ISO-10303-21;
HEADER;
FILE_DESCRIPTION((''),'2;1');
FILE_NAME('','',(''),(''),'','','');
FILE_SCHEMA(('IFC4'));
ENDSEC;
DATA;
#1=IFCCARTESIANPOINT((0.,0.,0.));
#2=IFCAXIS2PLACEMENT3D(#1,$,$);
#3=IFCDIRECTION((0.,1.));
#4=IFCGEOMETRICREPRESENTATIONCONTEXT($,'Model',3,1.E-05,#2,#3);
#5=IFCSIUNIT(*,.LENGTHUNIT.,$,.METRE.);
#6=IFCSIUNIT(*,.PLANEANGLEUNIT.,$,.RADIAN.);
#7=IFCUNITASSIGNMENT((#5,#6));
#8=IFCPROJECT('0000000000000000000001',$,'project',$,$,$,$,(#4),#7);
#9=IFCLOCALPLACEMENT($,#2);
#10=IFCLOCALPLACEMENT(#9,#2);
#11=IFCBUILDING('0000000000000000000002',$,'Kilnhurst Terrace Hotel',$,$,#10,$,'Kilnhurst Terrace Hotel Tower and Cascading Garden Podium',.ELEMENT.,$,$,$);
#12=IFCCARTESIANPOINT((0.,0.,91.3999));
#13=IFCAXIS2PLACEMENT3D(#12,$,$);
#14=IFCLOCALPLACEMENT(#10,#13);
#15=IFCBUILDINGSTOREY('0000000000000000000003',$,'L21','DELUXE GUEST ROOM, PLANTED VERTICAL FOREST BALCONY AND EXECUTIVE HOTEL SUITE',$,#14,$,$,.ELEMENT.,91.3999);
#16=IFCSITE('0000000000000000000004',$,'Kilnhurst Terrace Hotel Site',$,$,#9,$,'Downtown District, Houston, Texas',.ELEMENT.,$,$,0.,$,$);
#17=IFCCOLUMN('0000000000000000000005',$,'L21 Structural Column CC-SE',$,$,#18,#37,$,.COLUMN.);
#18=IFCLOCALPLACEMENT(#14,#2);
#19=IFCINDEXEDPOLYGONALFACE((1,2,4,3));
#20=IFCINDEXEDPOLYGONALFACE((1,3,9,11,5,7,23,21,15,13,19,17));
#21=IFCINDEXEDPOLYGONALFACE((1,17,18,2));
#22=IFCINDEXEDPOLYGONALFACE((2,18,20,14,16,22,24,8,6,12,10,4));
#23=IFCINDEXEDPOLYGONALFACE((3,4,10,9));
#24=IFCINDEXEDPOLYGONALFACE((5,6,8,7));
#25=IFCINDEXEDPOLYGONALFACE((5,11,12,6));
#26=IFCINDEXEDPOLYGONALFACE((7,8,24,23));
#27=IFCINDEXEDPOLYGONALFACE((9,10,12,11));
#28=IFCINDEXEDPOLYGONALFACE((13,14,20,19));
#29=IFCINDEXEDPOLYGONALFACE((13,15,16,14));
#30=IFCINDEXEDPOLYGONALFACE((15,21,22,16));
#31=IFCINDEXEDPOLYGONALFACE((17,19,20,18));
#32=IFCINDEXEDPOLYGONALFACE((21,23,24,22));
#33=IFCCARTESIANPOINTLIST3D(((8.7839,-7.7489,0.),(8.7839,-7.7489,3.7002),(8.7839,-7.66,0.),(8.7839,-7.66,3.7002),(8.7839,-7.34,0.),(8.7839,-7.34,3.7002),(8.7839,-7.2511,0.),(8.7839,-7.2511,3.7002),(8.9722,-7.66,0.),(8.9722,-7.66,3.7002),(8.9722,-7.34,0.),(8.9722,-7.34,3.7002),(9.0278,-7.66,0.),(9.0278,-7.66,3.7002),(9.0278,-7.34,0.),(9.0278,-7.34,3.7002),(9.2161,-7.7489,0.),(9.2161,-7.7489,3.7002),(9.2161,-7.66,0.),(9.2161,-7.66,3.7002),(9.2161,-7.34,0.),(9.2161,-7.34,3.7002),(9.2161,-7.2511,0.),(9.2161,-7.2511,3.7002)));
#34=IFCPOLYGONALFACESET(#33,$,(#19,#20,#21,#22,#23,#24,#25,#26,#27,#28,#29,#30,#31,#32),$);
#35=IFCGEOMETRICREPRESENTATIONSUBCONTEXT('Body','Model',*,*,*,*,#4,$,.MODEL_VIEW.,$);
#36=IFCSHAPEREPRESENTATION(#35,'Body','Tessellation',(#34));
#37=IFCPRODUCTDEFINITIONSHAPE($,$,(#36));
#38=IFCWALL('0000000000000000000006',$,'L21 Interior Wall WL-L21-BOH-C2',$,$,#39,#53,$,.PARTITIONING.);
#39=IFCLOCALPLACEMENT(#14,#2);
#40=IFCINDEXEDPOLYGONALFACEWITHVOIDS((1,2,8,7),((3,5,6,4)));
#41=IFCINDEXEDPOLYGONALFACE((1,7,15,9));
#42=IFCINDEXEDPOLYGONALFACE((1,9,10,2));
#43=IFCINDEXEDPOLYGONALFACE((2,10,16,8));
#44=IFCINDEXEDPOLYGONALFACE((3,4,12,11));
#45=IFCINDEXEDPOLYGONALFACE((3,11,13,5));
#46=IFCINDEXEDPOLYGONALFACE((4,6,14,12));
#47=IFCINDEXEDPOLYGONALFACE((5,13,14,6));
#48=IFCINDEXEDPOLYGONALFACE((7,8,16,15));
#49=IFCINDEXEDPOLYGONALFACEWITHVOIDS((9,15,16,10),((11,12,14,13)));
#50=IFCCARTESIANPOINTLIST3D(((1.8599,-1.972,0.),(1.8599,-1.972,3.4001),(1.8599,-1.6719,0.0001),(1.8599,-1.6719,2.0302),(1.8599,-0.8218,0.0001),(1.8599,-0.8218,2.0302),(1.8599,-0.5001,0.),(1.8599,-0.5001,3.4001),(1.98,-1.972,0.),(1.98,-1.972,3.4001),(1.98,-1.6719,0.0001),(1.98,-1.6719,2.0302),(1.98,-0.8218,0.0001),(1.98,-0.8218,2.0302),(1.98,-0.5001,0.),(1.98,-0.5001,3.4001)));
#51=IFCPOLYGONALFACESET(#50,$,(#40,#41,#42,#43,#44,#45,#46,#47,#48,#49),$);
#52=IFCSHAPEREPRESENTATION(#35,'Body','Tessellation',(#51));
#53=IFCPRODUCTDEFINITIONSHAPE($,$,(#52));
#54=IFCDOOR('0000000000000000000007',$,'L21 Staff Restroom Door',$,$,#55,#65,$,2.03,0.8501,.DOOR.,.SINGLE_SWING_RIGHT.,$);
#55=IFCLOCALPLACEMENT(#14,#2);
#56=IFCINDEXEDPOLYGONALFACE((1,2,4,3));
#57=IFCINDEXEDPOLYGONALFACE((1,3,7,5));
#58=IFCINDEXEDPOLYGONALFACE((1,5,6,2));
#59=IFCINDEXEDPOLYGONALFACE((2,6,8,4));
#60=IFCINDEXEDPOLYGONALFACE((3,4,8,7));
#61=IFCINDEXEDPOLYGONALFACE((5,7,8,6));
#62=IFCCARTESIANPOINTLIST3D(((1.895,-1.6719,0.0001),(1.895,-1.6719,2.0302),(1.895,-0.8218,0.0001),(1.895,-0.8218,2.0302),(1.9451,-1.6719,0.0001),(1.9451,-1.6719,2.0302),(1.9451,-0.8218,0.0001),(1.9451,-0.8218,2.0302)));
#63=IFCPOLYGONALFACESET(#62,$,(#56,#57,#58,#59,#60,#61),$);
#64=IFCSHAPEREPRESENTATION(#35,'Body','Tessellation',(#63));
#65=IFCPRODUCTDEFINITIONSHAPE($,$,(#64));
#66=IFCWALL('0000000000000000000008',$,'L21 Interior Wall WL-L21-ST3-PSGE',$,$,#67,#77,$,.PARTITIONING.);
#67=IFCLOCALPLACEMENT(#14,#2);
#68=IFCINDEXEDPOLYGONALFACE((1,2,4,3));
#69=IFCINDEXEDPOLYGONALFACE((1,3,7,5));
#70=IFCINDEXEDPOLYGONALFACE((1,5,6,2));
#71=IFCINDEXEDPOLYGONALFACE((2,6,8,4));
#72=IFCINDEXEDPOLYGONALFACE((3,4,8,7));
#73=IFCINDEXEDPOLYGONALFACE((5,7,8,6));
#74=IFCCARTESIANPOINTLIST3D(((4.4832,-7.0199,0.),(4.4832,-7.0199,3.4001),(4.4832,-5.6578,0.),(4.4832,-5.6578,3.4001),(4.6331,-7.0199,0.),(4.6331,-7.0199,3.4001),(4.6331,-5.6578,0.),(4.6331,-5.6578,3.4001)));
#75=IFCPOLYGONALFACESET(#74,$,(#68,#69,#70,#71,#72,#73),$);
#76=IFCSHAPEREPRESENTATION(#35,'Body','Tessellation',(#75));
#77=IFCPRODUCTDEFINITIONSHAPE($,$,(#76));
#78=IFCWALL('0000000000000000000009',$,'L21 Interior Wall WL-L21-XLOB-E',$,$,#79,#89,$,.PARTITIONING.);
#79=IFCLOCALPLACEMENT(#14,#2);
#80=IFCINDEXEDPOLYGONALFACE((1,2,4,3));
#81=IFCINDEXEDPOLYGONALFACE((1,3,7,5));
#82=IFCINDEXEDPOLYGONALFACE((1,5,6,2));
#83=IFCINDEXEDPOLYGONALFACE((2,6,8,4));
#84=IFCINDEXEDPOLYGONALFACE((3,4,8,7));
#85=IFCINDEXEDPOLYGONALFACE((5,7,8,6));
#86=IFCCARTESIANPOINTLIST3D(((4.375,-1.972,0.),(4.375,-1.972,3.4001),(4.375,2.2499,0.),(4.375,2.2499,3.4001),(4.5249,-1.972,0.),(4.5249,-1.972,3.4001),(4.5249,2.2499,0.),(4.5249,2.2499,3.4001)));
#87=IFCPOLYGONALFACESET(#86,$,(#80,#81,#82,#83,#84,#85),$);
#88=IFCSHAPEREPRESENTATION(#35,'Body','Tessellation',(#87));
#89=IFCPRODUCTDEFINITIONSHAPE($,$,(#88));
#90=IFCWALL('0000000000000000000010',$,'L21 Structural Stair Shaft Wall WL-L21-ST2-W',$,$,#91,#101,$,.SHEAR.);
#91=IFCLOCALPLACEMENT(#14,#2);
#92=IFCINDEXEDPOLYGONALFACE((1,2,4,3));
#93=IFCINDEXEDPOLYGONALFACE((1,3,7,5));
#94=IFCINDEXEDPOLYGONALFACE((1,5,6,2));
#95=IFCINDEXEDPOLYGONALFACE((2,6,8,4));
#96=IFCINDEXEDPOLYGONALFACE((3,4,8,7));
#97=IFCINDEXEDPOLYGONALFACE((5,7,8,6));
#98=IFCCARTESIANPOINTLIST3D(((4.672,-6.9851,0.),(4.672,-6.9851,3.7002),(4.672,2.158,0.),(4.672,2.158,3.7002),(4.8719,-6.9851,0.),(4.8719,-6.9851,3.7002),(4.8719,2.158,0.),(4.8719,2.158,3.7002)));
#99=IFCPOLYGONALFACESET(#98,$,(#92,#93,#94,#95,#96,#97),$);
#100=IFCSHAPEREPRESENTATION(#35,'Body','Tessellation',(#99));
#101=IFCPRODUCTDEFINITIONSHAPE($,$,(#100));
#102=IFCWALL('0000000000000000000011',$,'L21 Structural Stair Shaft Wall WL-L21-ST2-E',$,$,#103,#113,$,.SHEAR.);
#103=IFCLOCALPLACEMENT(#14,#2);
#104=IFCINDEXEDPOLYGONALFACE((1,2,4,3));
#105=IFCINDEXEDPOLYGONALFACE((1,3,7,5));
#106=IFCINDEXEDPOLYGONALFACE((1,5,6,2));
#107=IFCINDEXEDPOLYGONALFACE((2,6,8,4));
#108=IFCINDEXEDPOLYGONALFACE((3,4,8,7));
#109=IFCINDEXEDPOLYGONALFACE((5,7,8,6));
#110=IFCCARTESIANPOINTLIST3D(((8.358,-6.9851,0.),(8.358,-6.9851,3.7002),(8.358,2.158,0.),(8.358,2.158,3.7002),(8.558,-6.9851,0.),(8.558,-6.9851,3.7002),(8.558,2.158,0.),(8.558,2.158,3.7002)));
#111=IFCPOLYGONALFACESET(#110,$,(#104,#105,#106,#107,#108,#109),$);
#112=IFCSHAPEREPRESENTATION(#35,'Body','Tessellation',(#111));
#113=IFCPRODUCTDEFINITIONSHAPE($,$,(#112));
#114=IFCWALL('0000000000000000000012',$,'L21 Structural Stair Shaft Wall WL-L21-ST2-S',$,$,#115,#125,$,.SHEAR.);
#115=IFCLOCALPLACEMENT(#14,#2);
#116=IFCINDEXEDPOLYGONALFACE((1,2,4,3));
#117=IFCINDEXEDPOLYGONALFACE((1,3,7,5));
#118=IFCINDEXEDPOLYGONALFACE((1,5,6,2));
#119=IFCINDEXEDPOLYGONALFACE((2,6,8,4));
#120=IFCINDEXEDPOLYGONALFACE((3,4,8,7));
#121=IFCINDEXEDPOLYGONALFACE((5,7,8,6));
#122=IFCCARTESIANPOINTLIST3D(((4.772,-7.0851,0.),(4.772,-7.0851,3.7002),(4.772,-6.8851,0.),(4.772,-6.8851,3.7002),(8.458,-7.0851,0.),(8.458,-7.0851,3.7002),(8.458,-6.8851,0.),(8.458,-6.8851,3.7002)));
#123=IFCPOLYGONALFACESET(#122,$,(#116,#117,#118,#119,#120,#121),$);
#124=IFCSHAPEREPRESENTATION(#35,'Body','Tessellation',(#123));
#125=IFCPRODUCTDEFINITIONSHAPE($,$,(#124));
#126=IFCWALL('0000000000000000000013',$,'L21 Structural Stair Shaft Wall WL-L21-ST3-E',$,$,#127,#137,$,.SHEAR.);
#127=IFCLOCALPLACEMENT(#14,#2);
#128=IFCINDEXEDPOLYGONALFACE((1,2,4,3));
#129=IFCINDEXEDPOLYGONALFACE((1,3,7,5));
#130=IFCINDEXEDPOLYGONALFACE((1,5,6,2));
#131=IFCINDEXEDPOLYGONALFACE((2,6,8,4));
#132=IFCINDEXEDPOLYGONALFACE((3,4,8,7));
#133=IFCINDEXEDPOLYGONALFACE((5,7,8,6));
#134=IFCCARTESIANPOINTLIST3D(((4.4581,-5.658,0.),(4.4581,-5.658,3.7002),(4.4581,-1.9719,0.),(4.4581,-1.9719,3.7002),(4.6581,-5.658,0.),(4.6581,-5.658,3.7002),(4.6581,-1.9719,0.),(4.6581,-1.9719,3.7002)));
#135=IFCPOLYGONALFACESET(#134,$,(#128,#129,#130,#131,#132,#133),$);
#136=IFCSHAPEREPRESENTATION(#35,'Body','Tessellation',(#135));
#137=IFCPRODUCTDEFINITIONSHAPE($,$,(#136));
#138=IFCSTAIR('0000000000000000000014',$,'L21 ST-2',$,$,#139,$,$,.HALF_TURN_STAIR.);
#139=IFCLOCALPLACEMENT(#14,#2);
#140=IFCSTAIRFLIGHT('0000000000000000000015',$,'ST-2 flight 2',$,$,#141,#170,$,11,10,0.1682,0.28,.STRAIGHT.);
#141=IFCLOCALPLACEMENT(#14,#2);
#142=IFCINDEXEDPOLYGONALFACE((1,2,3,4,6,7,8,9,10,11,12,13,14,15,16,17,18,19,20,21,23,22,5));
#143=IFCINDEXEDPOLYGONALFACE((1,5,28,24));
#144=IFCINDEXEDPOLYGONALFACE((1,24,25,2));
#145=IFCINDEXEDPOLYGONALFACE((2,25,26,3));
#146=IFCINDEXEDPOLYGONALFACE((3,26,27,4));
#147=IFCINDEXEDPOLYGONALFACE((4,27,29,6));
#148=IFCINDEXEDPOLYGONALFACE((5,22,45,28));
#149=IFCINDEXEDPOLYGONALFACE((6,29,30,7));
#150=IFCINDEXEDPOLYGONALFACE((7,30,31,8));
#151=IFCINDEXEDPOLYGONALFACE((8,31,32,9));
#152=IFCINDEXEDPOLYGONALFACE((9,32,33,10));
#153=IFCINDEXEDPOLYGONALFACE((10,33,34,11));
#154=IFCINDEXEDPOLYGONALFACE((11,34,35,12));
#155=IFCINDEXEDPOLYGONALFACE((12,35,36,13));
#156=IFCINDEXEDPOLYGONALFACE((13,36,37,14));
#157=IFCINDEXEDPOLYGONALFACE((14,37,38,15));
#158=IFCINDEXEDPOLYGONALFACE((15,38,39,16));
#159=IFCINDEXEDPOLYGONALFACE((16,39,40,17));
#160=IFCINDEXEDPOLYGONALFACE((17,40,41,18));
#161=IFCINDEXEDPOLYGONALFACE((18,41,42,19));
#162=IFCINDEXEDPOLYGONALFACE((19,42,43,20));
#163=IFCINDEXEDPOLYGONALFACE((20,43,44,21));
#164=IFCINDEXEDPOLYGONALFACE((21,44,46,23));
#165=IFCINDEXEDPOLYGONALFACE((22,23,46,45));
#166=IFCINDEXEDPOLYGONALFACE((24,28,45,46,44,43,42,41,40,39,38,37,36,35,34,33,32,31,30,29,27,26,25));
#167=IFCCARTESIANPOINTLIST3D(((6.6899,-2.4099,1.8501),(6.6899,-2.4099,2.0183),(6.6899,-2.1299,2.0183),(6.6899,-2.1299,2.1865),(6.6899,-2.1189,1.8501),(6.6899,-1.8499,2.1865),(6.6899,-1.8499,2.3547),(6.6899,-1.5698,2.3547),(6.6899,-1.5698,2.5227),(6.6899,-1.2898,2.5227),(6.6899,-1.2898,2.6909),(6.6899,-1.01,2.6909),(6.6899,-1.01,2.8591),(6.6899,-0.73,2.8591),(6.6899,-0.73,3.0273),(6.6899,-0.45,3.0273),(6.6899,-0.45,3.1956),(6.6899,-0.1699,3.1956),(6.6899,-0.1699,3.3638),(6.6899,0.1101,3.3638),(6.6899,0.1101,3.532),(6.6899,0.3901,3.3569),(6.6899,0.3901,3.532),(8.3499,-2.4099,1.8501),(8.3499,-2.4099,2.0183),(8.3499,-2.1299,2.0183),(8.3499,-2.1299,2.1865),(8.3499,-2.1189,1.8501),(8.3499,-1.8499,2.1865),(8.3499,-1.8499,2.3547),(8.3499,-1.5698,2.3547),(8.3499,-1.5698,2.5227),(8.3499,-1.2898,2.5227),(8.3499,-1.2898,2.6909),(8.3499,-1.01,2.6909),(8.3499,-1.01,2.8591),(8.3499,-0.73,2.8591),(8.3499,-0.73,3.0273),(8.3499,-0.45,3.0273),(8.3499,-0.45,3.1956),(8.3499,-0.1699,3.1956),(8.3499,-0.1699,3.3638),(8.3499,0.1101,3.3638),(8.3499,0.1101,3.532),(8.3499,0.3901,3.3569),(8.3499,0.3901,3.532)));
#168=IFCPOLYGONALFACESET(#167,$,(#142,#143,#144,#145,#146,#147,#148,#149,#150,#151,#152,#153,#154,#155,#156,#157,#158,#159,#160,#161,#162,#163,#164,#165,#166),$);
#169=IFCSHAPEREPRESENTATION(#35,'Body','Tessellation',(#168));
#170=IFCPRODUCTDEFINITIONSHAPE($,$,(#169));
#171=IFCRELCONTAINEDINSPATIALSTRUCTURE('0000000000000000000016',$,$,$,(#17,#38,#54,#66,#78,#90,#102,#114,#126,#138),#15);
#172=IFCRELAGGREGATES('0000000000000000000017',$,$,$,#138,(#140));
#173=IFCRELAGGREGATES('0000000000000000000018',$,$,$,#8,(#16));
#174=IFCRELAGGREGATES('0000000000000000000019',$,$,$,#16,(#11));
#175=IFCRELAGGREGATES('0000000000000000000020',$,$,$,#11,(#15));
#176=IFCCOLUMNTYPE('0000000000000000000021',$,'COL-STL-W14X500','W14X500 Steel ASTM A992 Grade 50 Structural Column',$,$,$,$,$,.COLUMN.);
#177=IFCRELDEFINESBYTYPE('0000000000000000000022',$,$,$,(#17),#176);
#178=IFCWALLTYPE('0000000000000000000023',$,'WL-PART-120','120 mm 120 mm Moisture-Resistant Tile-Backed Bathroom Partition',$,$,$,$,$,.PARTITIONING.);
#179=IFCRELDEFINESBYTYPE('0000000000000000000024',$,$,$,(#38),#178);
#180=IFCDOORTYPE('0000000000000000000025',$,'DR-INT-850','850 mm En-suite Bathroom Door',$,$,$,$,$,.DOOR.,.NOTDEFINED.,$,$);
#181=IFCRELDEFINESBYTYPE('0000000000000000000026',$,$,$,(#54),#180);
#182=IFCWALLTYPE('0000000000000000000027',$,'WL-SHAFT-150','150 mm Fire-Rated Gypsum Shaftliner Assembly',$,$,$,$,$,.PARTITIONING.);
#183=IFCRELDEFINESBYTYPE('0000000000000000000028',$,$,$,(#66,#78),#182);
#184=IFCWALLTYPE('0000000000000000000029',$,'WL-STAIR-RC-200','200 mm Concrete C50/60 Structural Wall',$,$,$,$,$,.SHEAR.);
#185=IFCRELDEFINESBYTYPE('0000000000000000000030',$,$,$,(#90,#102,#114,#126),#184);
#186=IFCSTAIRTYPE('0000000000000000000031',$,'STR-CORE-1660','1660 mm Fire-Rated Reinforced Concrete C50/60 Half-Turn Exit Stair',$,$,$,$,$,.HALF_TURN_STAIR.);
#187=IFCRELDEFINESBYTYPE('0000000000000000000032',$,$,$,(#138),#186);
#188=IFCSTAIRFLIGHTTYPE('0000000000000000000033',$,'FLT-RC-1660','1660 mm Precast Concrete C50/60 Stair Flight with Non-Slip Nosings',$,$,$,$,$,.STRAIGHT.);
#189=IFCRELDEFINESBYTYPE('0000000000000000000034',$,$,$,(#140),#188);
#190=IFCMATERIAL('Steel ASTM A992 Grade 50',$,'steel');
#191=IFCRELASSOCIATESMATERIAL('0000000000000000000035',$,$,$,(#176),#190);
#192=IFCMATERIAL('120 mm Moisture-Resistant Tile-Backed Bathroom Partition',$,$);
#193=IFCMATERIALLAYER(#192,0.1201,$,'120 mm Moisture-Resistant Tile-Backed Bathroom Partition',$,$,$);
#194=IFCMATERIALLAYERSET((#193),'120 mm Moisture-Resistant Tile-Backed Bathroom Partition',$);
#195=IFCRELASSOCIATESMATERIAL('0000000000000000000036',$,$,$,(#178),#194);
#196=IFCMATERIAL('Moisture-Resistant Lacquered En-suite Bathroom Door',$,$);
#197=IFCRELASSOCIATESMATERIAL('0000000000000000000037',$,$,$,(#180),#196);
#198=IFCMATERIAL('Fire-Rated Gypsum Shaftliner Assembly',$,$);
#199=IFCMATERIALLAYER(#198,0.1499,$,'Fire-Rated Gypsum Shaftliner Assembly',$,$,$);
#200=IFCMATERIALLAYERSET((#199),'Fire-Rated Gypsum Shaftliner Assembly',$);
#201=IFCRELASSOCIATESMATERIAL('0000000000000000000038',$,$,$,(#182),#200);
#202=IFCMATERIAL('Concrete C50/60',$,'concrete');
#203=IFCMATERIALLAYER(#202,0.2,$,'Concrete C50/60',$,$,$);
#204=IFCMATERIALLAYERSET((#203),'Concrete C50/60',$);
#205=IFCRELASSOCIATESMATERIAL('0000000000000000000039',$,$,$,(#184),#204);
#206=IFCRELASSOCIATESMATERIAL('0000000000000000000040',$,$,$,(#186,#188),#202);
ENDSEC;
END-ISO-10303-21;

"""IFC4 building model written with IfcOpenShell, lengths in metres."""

from ifc_helpers import new_model, si_unit, direction, frame, frame_2d, origin, origin_2d, place, context, subcontext, project, spatial, polyline, rectangle, i_section, outline, extrude, material, layer, layer_set, material_profile, profile_set, type_object, element, fill, aggregate, save


model = new_model("IFC4")

# Units and contexts
model_context = context("Model", 3, precision=1e-05, world=origin(), true_north=direction((0.0, 1.0)))
body_context = subcontext(model_context, "Body", "Model", "MODEL_VIEW")
ifc_project = project(units=[si_unit("LENGTHUNIT", "METRE"), si_unit("PLANEANGLEUNIT", "RADIAN")], contexts=[model_context])

# Site, building, storey
site_placement = place(None, origin())
site = spatial("IfcSite", under=ifc_project, at=site_placement, Name="Kilnhurst Terrace Hotel Site", LongName="Downtown District, Houston, Texas", CompositionType="ELEMENT", RefElevation=0.0)
building_placement = place(site_placement, origin())
building = spatial("IfcBuilding", under=site, at=building_placement, Name="Kilnhurst Terrace Hotel", LongName="Kilnhurst Terrace Hotel Tower and Cascading Garden Podium", CompositionType="ELEMENT")
storey_placement = place(building_placement, frame((0.0, 0.0, 91.3999)))
storey = spatial("IfcBuildingStorey", under=building, at=storey_placement, Name="L21", Description="DELUXE GUEST ROOM, PLANTED VERTICAL FOREST BALCONY AND EXECUTIVE HOTEL SUITE", CompositionType="ELEMENT", Elevation=91.3999)

# Column
ifc_material_1 = material(Name="Steel ASTM A992 Grade 50", Category="steel")
ifc_material_profile = material_profile(ifc_material_1, i_section(OverallWidth=0.4321, OverallDepth=0.4978, WebThickness=0.0557, FlangeThickness=0.0889, at=origin_2d()), Name="W14X500")
ifc_profile_set = profile_set([ifc_material_profile], Name="Steel ASTM A992 Grade 50")
column_type = type_object("IfcColumnType", Name="COL-STL-W14X500", Description="W14X500 Steel ASTM A992 Grade 50 Structural Column", PredefinedType="COLUMN", material=ifc_profile_set)
column_placement = place(storey_placement, frame((9.0, -7.5, 0.0), z_axis=(0.0, 0.0, 1.0), x_axis=(1.0, 0.0, 0.0)))
element("IfcColumn", 1, at=column_placement, inside=storey, type_object=column_type, Name="L21 Structural Column CC-SE", PredefinedType="COLUMN", context=body_context, shape_type="SweptSolid", body=[
    extrude(i_section(OverallWidth=0.4321, OverallDepth=0.4978, WebThickness=0.0557, FlangeThickness=0.0889, at=origin_2d()), origin(), (0.0, 0.0, 1.0), 3.7002),
])

# Wall, opening, door
ifc_material_2 = material(Name="120 mm Moisture-Resistant Tile-Backed Bathroom Partition")
ifc_layer_1 = layer(ifc_material_2, 0.1201, Name="120 mm Moisture-Resistant Tile-Backed Bathroom Partition")
ifc_layer_set_1 = layer_set([ifc_layer_1], Name="120 mm Moisture-Resistant Tile-Backed Bathroom Partition")
wall_type_1 = type_object("IfcWallType", Name="WL-PART-120", Description="120 mm 120 mm Moisture-Resistant Tile-Backed Bathroom Partition", PredefinedType="PARTITIONING", material=ifc_layer_set_1)
wall_1_placement = place(storey_placement, frame((1.9199, -1.9719, 0.0), z_axis=(0.0, 0.0, 1.0), x_axis=(0.0, 1.0, 0.0)))
wall_1 = element("IfcWall", 2, at=wall_1_placement, inside=storey, type_object=wall_type_1, Name="L21 Interior Wall WL-L21-BOH-C2", PredefinedType="PARTITIONING", context=body_context, shape_type="SweptSolid", body=[
    extrude(rectangle(XDim=1.4719, YDim=0.1201, at=frame_2d((0.7358, 0.0))), origin(), (0.0, 0.0, 1.0), 3.4001),
])
opening_placement = place(wall_1_placement, frame((0.3, 0.0, 0.0)))
opening = element("IfcOpeningElement", 3, at=opening_placement, cuts=wall_1, PredefinedType="OPENING", context=body_context, shape_type="SweptSolid", body=[
    extrude(rectangle(XDim=0.8501, YDim=2.03, at=frame_2d((0.425, 1.0151))), frame((0.0, 0.0701, 0.0), z_axis=(0.0, -1.0, 0.0), x_axis=(1.0, 0.0, 0.0)), (0.0, 0.0, 1.0), 0.1401),
])
ifc_material_3 = material(Name="Moisture-Resistant Lacquered En-suite Bathroom Door")
door_type = type_object("IfcDoorType", Name="DR-INT-850", Description="850 mm En-suite Bathroom Door", OperationType="NOTDEFINED", PredefinedType="DOOR", material=ifc_material_3)
door_placement = place(opening_placement, origin())
door = element("IfcDoor", 4, at=door_placement, inside=storey, type_object=door_type, Name="L21 Staff Restroom Door", OperationType="SINGLE_SWING_RIGHT", OverallHeight=2.03, OverallWidth=0.8501, PredefinedType="DOOR", context=body_context, shape_type="SweptSolid", body=[
    extrude(rectangle(XDim=0.8501, YDim=2.03, at=frame_2d((0.425, 1.0151))), frame((0.0, 0.0249, 0.0), z_axis=(0.0, -1.0, 0.0), x_axis=(1.0, 0.0, 0.0)), (0.0, 0.0, 1.0), 0.05),
])
fill(opening, door)

# Walls
ifc_material_4 = material(Name="Fire-Rated Gypsum Shaftliner Assembly")
ifc_layer_2 = layer(ifc_material_4, 0.1499, Name="Fire-Rated Gypsum Shaftliner Assembly")
ifc_layer_set_2 = layer_set([ifc_layer_2], Name="Fire-Rated Gypsum Shaftliner Assembly")
wall_type_2 = type_object("IfcWallType", Name="WL-SHAFT-150", Description="150 mm Fire-Rated Gypsum Shaftliner Assembly", PredefinedType="PARTITIONING", material=ifc_layer_set_2)
wall_2_placement = place(storey_placement, frame((4.5581, -7.02, 0.0), z_axis=(0.0, 0.0, 1.0), x_axis=(0.0, 1.0, 0.0)))
element("IfcWall", 5, at=wall_2_placement, inside=storey, type_object=wall_type_2, Name="L21 Interior Wall WL-L21-ST3-PSGE", PredefinedType="PARTITIONING", context=body_context, shape_type="SweptSolid", body=[
    extrude(rectangle(XDim=1.3621, YDim=0.1499, at=frame_2d((0.6812, 0.0))), origin(), (0.0, 0.0, 1.0), 3.4001),
])
wall_3_placement = place(storey_placement, frame((4.45, -1.9719, 0.0), z_axis=(0.0, 0.0, 1.0), x_axis=(0.0, 1.0, 0.0)))
element("IfcWall", 6, at=wall_3_placement, inside=storey, type_object=wall_type_2, Name="L21 Interior Wall WL-L21-XLOB-E", PredefinedType="PARTITIONING", context=body_context, shape_type="SweptSolid", body=[
    extrude(rectangle(XDim=4.2219, YDim=0.1499, at=frame_2d((2.1108, 0.0))), origin(), (0.0, 0.0, 1.0), 3.4001),
])
ifc_material_5 = material(Name="Concrete C50/60", Category="concrete")
ifc_layer_3 = layer(ifc_material_5, 0.2, Name="Concrete C50/60")
ifc_layer_set_3 = layer_set([ifc_layer_3], Name="Concrete C50/60")
wall_type_3 = type_object("IfcWallType", Name="WL-STAIR-RC-200", Description="200 mm Concrete C50/60 Structural Wall", PredefinedType="SHEAR", material=ifc_layer_set_3)
for number, where, z_axis, x_axis, name in (
    (7, (4.772, -6.9851, 0.0), (0.0, 0.0, 1.0), (0.0, 1.0, 0.0), "L21 Structural Stair Shaft Wall WL-L21-ST2-W"),
    (8, (8.458, -6.9851, 0.0), (0.0, 0.0, 1.0), (0.0, 1.0, 0.0), "L21 Structural Stair Shaft Wall WL-L21-ST2-E"),
):
    element("IfcWall", number, at=place(storey_placement, frame(where, z_axis=z_axis, x_axis=x_axis)), inside=storey, type_object=wall_type_3, Name=name, PredefinedType="SHEAR", context=body_context, shape_type="SweptSolid", body=[
        extrude(rectangle(XDim=9.1431, YDim=0.2, at=frame_2d((4.5715, 0.0))), origin(), (0.0, 0.0, 1.0), 3.7002),
    ])
for number, where, z_axis, x_axis, name in (
    (9, (4.772, -6.9851, 0.0), (0.0, 0.0, 1.0), (1.0, 0.0, 0.0), "L21 Structural Stair Shaft Wall WL-L21-ST2-S"),
    (10, (4.5581, -5.658, 0.0), (0.0, 0.0, 1.0), (0.0, 1.0, 0.0), "L21 Structural Stair Shaft Wall WL-L21-ST3-E"),
):
    element("IfcWall", number, at=place(storey_placement, frame(where, z_axis=z_axis, x_axis=x_axis)), inside=storey, type_object=wall_type_3, Name=name, PredefinedType="SHEAR", context=body_context, shape_type="SweptSolid", body=[
        extrude(rectangle(XDim=3.686, YDim=0.2, at=frame_2d((1.843, 0.0))), origin(), (0.0, 0.0, 1.0), 3.7002),
    ])

# Stair, stair flight
stair_type = type_object("IfcStairType", Name="STR-CORE-1660", Description="1660 mm Fire-Rated Reinforced Concrete C50/60 Half-Turn Exit Stair", PredefinedType="HALF_TURN_STAIR", material=ifc_material_5)
stair_1_placement = place(storey_placement, origin())
stair_1 = element("IfcStair", 11, at=stair_1_placement, inside=storey, type_object=stair_type, Name="L21 ST-2", PredefinedType="HALF_TURN_STAIR")
stair_flight_type = type_object("IfcStairFlightType", Name="FLT-RC-1660", Description="1660 mm Precast Concrete C50/60 Stair Flight with Non-Slip Nosings", PredefinedType="STRAIGHT", material=ifc_material_5)
stair_flight_1_placement = place(storey_placement, frame((7.52, -2.4099, 1.8501), z_axis=(0.0, 0.0, 1.0), x_axis=(0.0, 1.0, 0.0)))
stair_flight_1 = element("IfcStairFlight", 12, at=stair_flight_1_placement, type_object=stair_flight_type, Name="ST-2 flight 2", NumberOfRisers=11, NumberOfTreads=10, PredefinedType="STRAIGHT", RiserHeight=0.1682, TreadLength=0.28, context=body_context, shape_type="SweptSolid", body=[
    extrude(outline(polyline([(0.0, 0.0), (0.0, 0.1682), (0.28, 0.1682), (0.28, 0.3364), (0.5601, 0.3364), (0.5601, 0.5046), (0.8401, 0.5046), (0.8401, 0.6726), (1.1201, 0.6726), (1.1201, 0.8408), (1.3999, 0.8408), (1.3999, 1.009), (1.6799, 1.009), (1.6799, 1.1772), (1.96, 1.1772), (1.96, 1.3455), (2.24, 1.3455), (2.24, 1.5137), (2.52, 1.5137), (2.52, 1.6819), (2.8, 1.6819), (2.8, 1.8501), (2.8, 1.5068), (0.291, 0.0), (0.0, 0.0)])), frame((0.0, 0.8301, 0.0), z_axis=(0.0, -1.0, 0.0), x_axis=(1.0, 0.0, 0.0)), (0.0, 0.0, 1.0), 1.6599),
])
aggregate(stair_1, [stair_flight_1])

save(model, "model.ifc")
